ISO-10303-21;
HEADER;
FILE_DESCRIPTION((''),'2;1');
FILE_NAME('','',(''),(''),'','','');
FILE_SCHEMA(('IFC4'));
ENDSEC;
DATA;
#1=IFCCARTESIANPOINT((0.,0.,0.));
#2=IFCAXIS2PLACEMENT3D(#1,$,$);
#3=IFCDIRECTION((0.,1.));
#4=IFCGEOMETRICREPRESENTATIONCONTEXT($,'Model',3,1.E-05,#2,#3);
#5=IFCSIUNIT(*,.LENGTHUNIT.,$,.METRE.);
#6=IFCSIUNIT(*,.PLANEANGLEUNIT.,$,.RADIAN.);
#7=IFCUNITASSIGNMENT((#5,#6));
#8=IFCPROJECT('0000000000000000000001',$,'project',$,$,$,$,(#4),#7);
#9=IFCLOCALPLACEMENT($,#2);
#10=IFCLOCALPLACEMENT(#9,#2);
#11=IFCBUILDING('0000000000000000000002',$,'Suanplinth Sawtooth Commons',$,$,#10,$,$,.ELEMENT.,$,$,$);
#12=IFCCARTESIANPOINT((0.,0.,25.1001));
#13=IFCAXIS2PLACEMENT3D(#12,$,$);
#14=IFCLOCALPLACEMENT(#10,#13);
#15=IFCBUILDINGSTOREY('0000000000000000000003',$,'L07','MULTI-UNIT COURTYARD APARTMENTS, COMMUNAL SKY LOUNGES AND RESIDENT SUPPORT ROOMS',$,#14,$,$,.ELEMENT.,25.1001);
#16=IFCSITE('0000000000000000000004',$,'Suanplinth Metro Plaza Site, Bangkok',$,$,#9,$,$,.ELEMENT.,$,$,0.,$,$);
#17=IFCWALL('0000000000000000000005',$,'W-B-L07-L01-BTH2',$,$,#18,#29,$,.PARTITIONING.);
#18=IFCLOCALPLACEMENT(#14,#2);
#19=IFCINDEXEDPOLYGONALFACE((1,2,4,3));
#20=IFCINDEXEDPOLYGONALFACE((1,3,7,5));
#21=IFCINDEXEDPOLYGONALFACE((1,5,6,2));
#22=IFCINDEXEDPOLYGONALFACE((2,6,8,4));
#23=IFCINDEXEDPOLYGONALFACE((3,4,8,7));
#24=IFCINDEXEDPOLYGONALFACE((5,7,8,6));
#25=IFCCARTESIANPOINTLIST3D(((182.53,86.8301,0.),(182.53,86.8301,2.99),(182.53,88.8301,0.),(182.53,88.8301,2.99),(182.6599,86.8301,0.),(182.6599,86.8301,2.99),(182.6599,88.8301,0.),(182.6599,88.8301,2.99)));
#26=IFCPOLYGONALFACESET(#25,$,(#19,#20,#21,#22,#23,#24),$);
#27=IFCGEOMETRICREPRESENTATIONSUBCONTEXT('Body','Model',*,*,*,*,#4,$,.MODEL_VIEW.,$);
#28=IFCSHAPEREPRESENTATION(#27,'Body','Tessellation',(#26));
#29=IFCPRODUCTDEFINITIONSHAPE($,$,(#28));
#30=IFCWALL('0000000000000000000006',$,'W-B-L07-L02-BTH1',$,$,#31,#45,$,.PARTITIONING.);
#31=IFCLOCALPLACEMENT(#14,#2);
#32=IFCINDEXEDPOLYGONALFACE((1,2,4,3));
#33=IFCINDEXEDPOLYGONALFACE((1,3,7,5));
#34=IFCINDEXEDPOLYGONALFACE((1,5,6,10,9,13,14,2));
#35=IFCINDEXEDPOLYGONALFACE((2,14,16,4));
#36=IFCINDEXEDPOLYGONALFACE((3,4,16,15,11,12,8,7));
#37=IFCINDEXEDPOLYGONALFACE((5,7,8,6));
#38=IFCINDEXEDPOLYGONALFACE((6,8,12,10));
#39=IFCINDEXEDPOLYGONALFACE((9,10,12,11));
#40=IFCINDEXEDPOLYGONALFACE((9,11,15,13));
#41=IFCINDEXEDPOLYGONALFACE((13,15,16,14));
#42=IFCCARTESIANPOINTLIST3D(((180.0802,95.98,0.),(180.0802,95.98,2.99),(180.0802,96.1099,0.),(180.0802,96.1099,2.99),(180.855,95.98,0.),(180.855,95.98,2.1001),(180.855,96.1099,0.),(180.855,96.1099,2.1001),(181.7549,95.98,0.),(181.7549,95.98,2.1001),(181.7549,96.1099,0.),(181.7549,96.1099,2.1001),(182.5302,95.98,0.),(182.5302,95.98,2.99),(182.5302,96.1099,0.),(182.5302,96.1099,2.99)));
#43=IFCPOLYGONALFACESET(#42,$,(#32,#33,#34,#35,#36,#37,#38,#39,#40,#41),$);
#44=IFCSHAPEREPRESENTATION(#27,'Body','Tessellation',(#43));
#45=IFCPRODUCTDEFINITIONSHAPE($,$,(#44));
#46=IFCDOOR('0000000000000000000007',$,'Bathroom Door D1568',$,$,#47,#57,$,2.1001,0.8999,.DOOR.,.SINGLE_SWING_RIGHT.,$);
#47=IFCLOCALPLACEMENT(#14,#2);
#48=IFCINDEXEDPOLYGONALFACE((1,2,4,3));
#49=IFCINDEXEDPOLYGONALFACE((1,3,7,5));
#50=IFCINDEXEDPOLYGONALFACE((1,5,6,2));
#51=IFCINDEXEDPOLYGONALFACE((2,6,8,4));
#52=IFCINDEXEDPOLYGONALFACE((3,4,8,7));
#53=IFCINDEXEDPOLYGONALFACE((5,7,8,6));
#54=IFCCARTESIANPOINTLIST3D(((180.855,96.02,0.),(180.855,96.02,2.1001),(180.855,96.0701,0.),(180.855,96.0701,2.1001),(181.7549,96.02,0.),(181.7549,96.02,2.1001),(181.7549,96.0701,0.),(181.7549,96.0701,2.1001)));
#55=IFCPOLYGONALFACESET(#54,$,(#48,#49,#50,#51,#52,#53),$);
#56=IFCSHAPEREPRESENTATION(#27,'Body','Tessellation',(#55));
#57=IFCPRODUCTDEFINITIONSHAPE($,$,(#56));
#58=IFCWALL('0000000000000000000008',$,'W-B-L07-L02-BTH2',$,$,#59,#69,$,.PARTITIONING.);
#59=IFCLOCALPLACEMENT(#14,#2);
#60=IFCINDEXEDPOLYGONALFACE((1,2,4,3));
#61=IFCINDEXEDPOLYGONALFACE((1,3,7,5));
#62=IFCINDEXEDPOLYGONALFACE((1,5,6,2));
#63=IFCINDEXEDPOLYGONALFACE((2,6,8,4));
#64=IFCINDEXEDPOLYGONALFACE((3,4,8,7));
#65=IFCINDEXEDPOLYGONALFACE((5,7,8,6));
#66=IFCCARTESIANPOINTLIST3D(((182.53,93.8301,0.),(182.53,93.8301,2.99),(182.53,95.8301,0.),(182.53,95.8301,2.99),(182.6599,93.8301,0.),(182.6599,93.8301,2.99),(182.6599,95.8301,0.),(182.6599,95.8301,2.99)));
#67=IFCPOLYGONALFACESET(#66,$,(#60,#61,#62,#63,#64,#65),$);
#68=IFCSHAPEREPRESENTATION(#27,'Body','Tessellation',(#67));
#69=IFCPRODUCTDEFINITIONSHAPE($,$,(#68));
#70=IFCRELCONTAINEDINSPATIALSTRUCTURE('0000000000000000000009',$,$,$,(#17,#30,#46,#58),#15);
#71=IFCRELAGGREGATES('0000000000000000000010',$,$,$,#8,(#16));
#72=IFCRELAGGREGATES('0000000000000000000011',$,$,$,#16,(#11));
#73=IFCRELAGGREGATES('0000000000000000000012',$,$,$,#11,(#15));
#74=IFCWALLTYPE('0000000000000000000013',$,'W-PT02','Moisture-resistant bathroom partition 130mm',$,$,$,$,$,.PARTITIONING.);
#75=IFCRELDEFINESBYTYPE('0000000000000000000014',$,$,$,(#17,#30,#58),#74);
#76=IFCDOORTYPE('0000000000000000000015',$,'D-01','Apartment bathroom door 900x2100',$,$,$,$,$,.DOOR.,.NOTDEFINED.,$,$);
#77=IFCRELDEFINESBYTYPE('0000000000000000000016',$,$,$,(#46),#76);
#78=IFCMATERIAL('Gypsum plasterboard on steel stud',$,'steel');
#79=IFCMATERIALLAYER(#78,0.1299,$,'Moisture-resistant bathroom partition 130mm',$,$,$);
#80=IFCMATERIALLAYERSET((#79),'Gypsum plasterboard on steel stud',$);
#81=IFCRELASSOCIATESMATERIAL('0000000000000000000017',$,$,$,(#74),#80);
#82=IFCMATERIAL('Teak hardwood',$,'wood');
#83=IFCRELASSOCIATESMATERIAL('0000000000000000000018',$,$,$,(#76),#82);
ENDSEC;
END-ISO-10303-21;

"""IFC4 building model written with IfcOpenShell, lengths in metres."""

from ifc_helpers import new_model, si_unit, direction, frame, frame_2d, origin, place, context, subcontext, project, spatial, rectangle, extrude, material, layer, layer_set, type_object, element, fill, save


model = new_model("IFC4")

# Units and contexts
model_context = context("Model", 3, precision=1e-05, world=origin(), true_north=direction((0.0, 1.0)))
body_context = subcontext(model_context, "Body", "Model", "MODEL_VIEW")
ifc_project = project(units=[si_unit("LENGTHUNIT", "METRE"), si_unit("PLANEANGLEUNIT", "RADIAN")], contexts=[model_context])

# Site, building, storey
site_placement = place(None, origin())
site = spatial("IfcSite", under=ifc_project, at=site_placement, Name="Suanplinth Metro Plaza Site, Bangkok", CompositionType="ELEMENT", RefElevation=0.0)
building_placement = place(site_placement, origin())
building = spatial("IfcBuilding", under=site, at=building_placement, Name="Suanplinth Sawtooth Commons", CompositionType="ELEMENT")
storey_placement = place(building_placement, frame((0.0, 0.0, 25.1001)))
storey = spatial("IfcBuildingStorey", under=building, at=storey_placement, Name="L07", Description="MULTI-UNIT COURTYARD APARTMENTS, COMMUNAL SKY LOUNGES AND RESIDENT SUPPORT ROOMS", CompositionType="ELEMENT", Elevation=25.1001)

# Shared definitions
ifc_material_1 = material(Name="Gypsum plasterboard on steel stud", Category="steel")
ifc_layer_1 = layer(ifc_material_1, 0.1299, Name="Moisture-resistant bathroom partition 130mm")
ifc_layer_set_1 = layer_set([ifc_layer_1], Name="Gypsum plasterboard on steel stud")
wall_type_1 = type_object("IfcWallType", Name="W-PT02", Description="Moisture-resistant bathroom partition 130mm", PredefinedType="PARTITIONING", material=ifc_layer_set_1)
ifc_material_2 = material(Name="Teak hardwood", Category="wood")
door_type_1 = type_object("IfcDoorType", Name="D-01", Description="Apartment bathroom door 900x2100", OperationType="NOTDEFINED", PredefinedType="DOOR", material=ifc_material_2)

# Wall
wall_1_placement = place(storey_placement, frame((182.595, 86.8301, 0.0), z_axis=(0.0, 0.0, 1.0), x_axis=(0.0, 1.0, 0.0)))
element("IfcWall", 1, at=wall_1_placement, inside=storey, type_object=wall_type_1, Name="W-B-L07-L01-BTH2", PredefinedType="PARTITIONING", context=body_context, shape_type="SweptSolid", body=[
    extrude(rectangle(XDim=2.0, YDim=0.1299, at=frame_2d((1.0, 0.0))), origin(), (0.0, 0.0, 1.0), 2.99),
])

# Wall, opening, door
wall_2_placement = place(storey_placement, frame((180.0801, 96.0449, 0.0), z_axis=(0.0, 0.0, 1.0), x_axis=(1.0, 0.0, 0.0)))
wall_2 = element("IfcWall", 2, at=wall_2_placement, inside=storey, type_object=wall_type_1, Name="W-B-L07-L02-BTH1", PredefinedType="PARTITIONING", context=body_context, shape_type="SweptSolid", body=[
    extrude(rectangle(XDim=2.45, YDim=0.1299, at=frame_2d((1.2251, 0.0))), origin(), (0.0, 0.0, 1.0), 2.99),
])
opening_1_placement = place(wall_2_placement, frame((0.7749, 0.0, 0.0)))
opening_1 = element("IfcOpeningElement", 3, at=opening_1_placement, cuts=wall_2, PredefinedType="OPENING", context=body_context, shape_type="SweptSolid", body=[
    extrude(rectangle(XDim=0.8999, YDim=2.1001, at=frame_2d((0.45, 1.05))), frame((0.0, 0.0798, 0.0), z_axis=(0.0, -1.0, 0.0), x_axis=(1.0, 0.0, 0.0)), (0.0, 0.0, 1.0), 0.1597),
])
door_1_placement = place(opening_1_placement, frame((0.8999, 0.0, 0.0), z_axis=(0.0, 0.0, 1.0), x_axis=(-1.0, 0.0, 0.0)))
door_1 = element("IfcDoor", 4, at=door_1_placement, inside=storey, type_object=door_type_1, Name="Bathroom Door D1568", OperationType="SINGLE_SWING_RIGHT", OverallHeight=2.1001, OverallWidth=0.8999, PredefinedType="DOOR", context=body_context, shape_type="SweptSolid", body=[
    extrude(rectangle(XDim=0.8999, YDim=2.1001, at=frame_2d((0.45, 1.05))), frame((0.0, 0.0249, 0.0), z_axis=(0.0, -1.0, 0.0), x_axis=(1.0, 0.0, 0.0)), (0.0, 0.0, 1.0), 0.05),
])
fill(opening_1, door_1)

# Wall
wall_3_placement = place(storey_placement, frame((182.595, 93.8301, 0.0), z_axis=(0.0, 0.0, 1.0), x_axis=(0.0, 1.0, 0.0)))
element("IfcWall", 5, at=wall_3_placement, inside=storey, type_object=wall_type_1, Name="W-B-L07-L02-BTH2", PredefinedType="PARTITIONING", context=body_context, shape_type="SweptSolid", body=[
    extrude(rectangle(XDim=2.0, YDim=0.1299, at=frame_2d((1.0, 0.0))), origin(), (0.0, 0.0, 1.0), 2.99),
])

save(model, "model.ifc")
